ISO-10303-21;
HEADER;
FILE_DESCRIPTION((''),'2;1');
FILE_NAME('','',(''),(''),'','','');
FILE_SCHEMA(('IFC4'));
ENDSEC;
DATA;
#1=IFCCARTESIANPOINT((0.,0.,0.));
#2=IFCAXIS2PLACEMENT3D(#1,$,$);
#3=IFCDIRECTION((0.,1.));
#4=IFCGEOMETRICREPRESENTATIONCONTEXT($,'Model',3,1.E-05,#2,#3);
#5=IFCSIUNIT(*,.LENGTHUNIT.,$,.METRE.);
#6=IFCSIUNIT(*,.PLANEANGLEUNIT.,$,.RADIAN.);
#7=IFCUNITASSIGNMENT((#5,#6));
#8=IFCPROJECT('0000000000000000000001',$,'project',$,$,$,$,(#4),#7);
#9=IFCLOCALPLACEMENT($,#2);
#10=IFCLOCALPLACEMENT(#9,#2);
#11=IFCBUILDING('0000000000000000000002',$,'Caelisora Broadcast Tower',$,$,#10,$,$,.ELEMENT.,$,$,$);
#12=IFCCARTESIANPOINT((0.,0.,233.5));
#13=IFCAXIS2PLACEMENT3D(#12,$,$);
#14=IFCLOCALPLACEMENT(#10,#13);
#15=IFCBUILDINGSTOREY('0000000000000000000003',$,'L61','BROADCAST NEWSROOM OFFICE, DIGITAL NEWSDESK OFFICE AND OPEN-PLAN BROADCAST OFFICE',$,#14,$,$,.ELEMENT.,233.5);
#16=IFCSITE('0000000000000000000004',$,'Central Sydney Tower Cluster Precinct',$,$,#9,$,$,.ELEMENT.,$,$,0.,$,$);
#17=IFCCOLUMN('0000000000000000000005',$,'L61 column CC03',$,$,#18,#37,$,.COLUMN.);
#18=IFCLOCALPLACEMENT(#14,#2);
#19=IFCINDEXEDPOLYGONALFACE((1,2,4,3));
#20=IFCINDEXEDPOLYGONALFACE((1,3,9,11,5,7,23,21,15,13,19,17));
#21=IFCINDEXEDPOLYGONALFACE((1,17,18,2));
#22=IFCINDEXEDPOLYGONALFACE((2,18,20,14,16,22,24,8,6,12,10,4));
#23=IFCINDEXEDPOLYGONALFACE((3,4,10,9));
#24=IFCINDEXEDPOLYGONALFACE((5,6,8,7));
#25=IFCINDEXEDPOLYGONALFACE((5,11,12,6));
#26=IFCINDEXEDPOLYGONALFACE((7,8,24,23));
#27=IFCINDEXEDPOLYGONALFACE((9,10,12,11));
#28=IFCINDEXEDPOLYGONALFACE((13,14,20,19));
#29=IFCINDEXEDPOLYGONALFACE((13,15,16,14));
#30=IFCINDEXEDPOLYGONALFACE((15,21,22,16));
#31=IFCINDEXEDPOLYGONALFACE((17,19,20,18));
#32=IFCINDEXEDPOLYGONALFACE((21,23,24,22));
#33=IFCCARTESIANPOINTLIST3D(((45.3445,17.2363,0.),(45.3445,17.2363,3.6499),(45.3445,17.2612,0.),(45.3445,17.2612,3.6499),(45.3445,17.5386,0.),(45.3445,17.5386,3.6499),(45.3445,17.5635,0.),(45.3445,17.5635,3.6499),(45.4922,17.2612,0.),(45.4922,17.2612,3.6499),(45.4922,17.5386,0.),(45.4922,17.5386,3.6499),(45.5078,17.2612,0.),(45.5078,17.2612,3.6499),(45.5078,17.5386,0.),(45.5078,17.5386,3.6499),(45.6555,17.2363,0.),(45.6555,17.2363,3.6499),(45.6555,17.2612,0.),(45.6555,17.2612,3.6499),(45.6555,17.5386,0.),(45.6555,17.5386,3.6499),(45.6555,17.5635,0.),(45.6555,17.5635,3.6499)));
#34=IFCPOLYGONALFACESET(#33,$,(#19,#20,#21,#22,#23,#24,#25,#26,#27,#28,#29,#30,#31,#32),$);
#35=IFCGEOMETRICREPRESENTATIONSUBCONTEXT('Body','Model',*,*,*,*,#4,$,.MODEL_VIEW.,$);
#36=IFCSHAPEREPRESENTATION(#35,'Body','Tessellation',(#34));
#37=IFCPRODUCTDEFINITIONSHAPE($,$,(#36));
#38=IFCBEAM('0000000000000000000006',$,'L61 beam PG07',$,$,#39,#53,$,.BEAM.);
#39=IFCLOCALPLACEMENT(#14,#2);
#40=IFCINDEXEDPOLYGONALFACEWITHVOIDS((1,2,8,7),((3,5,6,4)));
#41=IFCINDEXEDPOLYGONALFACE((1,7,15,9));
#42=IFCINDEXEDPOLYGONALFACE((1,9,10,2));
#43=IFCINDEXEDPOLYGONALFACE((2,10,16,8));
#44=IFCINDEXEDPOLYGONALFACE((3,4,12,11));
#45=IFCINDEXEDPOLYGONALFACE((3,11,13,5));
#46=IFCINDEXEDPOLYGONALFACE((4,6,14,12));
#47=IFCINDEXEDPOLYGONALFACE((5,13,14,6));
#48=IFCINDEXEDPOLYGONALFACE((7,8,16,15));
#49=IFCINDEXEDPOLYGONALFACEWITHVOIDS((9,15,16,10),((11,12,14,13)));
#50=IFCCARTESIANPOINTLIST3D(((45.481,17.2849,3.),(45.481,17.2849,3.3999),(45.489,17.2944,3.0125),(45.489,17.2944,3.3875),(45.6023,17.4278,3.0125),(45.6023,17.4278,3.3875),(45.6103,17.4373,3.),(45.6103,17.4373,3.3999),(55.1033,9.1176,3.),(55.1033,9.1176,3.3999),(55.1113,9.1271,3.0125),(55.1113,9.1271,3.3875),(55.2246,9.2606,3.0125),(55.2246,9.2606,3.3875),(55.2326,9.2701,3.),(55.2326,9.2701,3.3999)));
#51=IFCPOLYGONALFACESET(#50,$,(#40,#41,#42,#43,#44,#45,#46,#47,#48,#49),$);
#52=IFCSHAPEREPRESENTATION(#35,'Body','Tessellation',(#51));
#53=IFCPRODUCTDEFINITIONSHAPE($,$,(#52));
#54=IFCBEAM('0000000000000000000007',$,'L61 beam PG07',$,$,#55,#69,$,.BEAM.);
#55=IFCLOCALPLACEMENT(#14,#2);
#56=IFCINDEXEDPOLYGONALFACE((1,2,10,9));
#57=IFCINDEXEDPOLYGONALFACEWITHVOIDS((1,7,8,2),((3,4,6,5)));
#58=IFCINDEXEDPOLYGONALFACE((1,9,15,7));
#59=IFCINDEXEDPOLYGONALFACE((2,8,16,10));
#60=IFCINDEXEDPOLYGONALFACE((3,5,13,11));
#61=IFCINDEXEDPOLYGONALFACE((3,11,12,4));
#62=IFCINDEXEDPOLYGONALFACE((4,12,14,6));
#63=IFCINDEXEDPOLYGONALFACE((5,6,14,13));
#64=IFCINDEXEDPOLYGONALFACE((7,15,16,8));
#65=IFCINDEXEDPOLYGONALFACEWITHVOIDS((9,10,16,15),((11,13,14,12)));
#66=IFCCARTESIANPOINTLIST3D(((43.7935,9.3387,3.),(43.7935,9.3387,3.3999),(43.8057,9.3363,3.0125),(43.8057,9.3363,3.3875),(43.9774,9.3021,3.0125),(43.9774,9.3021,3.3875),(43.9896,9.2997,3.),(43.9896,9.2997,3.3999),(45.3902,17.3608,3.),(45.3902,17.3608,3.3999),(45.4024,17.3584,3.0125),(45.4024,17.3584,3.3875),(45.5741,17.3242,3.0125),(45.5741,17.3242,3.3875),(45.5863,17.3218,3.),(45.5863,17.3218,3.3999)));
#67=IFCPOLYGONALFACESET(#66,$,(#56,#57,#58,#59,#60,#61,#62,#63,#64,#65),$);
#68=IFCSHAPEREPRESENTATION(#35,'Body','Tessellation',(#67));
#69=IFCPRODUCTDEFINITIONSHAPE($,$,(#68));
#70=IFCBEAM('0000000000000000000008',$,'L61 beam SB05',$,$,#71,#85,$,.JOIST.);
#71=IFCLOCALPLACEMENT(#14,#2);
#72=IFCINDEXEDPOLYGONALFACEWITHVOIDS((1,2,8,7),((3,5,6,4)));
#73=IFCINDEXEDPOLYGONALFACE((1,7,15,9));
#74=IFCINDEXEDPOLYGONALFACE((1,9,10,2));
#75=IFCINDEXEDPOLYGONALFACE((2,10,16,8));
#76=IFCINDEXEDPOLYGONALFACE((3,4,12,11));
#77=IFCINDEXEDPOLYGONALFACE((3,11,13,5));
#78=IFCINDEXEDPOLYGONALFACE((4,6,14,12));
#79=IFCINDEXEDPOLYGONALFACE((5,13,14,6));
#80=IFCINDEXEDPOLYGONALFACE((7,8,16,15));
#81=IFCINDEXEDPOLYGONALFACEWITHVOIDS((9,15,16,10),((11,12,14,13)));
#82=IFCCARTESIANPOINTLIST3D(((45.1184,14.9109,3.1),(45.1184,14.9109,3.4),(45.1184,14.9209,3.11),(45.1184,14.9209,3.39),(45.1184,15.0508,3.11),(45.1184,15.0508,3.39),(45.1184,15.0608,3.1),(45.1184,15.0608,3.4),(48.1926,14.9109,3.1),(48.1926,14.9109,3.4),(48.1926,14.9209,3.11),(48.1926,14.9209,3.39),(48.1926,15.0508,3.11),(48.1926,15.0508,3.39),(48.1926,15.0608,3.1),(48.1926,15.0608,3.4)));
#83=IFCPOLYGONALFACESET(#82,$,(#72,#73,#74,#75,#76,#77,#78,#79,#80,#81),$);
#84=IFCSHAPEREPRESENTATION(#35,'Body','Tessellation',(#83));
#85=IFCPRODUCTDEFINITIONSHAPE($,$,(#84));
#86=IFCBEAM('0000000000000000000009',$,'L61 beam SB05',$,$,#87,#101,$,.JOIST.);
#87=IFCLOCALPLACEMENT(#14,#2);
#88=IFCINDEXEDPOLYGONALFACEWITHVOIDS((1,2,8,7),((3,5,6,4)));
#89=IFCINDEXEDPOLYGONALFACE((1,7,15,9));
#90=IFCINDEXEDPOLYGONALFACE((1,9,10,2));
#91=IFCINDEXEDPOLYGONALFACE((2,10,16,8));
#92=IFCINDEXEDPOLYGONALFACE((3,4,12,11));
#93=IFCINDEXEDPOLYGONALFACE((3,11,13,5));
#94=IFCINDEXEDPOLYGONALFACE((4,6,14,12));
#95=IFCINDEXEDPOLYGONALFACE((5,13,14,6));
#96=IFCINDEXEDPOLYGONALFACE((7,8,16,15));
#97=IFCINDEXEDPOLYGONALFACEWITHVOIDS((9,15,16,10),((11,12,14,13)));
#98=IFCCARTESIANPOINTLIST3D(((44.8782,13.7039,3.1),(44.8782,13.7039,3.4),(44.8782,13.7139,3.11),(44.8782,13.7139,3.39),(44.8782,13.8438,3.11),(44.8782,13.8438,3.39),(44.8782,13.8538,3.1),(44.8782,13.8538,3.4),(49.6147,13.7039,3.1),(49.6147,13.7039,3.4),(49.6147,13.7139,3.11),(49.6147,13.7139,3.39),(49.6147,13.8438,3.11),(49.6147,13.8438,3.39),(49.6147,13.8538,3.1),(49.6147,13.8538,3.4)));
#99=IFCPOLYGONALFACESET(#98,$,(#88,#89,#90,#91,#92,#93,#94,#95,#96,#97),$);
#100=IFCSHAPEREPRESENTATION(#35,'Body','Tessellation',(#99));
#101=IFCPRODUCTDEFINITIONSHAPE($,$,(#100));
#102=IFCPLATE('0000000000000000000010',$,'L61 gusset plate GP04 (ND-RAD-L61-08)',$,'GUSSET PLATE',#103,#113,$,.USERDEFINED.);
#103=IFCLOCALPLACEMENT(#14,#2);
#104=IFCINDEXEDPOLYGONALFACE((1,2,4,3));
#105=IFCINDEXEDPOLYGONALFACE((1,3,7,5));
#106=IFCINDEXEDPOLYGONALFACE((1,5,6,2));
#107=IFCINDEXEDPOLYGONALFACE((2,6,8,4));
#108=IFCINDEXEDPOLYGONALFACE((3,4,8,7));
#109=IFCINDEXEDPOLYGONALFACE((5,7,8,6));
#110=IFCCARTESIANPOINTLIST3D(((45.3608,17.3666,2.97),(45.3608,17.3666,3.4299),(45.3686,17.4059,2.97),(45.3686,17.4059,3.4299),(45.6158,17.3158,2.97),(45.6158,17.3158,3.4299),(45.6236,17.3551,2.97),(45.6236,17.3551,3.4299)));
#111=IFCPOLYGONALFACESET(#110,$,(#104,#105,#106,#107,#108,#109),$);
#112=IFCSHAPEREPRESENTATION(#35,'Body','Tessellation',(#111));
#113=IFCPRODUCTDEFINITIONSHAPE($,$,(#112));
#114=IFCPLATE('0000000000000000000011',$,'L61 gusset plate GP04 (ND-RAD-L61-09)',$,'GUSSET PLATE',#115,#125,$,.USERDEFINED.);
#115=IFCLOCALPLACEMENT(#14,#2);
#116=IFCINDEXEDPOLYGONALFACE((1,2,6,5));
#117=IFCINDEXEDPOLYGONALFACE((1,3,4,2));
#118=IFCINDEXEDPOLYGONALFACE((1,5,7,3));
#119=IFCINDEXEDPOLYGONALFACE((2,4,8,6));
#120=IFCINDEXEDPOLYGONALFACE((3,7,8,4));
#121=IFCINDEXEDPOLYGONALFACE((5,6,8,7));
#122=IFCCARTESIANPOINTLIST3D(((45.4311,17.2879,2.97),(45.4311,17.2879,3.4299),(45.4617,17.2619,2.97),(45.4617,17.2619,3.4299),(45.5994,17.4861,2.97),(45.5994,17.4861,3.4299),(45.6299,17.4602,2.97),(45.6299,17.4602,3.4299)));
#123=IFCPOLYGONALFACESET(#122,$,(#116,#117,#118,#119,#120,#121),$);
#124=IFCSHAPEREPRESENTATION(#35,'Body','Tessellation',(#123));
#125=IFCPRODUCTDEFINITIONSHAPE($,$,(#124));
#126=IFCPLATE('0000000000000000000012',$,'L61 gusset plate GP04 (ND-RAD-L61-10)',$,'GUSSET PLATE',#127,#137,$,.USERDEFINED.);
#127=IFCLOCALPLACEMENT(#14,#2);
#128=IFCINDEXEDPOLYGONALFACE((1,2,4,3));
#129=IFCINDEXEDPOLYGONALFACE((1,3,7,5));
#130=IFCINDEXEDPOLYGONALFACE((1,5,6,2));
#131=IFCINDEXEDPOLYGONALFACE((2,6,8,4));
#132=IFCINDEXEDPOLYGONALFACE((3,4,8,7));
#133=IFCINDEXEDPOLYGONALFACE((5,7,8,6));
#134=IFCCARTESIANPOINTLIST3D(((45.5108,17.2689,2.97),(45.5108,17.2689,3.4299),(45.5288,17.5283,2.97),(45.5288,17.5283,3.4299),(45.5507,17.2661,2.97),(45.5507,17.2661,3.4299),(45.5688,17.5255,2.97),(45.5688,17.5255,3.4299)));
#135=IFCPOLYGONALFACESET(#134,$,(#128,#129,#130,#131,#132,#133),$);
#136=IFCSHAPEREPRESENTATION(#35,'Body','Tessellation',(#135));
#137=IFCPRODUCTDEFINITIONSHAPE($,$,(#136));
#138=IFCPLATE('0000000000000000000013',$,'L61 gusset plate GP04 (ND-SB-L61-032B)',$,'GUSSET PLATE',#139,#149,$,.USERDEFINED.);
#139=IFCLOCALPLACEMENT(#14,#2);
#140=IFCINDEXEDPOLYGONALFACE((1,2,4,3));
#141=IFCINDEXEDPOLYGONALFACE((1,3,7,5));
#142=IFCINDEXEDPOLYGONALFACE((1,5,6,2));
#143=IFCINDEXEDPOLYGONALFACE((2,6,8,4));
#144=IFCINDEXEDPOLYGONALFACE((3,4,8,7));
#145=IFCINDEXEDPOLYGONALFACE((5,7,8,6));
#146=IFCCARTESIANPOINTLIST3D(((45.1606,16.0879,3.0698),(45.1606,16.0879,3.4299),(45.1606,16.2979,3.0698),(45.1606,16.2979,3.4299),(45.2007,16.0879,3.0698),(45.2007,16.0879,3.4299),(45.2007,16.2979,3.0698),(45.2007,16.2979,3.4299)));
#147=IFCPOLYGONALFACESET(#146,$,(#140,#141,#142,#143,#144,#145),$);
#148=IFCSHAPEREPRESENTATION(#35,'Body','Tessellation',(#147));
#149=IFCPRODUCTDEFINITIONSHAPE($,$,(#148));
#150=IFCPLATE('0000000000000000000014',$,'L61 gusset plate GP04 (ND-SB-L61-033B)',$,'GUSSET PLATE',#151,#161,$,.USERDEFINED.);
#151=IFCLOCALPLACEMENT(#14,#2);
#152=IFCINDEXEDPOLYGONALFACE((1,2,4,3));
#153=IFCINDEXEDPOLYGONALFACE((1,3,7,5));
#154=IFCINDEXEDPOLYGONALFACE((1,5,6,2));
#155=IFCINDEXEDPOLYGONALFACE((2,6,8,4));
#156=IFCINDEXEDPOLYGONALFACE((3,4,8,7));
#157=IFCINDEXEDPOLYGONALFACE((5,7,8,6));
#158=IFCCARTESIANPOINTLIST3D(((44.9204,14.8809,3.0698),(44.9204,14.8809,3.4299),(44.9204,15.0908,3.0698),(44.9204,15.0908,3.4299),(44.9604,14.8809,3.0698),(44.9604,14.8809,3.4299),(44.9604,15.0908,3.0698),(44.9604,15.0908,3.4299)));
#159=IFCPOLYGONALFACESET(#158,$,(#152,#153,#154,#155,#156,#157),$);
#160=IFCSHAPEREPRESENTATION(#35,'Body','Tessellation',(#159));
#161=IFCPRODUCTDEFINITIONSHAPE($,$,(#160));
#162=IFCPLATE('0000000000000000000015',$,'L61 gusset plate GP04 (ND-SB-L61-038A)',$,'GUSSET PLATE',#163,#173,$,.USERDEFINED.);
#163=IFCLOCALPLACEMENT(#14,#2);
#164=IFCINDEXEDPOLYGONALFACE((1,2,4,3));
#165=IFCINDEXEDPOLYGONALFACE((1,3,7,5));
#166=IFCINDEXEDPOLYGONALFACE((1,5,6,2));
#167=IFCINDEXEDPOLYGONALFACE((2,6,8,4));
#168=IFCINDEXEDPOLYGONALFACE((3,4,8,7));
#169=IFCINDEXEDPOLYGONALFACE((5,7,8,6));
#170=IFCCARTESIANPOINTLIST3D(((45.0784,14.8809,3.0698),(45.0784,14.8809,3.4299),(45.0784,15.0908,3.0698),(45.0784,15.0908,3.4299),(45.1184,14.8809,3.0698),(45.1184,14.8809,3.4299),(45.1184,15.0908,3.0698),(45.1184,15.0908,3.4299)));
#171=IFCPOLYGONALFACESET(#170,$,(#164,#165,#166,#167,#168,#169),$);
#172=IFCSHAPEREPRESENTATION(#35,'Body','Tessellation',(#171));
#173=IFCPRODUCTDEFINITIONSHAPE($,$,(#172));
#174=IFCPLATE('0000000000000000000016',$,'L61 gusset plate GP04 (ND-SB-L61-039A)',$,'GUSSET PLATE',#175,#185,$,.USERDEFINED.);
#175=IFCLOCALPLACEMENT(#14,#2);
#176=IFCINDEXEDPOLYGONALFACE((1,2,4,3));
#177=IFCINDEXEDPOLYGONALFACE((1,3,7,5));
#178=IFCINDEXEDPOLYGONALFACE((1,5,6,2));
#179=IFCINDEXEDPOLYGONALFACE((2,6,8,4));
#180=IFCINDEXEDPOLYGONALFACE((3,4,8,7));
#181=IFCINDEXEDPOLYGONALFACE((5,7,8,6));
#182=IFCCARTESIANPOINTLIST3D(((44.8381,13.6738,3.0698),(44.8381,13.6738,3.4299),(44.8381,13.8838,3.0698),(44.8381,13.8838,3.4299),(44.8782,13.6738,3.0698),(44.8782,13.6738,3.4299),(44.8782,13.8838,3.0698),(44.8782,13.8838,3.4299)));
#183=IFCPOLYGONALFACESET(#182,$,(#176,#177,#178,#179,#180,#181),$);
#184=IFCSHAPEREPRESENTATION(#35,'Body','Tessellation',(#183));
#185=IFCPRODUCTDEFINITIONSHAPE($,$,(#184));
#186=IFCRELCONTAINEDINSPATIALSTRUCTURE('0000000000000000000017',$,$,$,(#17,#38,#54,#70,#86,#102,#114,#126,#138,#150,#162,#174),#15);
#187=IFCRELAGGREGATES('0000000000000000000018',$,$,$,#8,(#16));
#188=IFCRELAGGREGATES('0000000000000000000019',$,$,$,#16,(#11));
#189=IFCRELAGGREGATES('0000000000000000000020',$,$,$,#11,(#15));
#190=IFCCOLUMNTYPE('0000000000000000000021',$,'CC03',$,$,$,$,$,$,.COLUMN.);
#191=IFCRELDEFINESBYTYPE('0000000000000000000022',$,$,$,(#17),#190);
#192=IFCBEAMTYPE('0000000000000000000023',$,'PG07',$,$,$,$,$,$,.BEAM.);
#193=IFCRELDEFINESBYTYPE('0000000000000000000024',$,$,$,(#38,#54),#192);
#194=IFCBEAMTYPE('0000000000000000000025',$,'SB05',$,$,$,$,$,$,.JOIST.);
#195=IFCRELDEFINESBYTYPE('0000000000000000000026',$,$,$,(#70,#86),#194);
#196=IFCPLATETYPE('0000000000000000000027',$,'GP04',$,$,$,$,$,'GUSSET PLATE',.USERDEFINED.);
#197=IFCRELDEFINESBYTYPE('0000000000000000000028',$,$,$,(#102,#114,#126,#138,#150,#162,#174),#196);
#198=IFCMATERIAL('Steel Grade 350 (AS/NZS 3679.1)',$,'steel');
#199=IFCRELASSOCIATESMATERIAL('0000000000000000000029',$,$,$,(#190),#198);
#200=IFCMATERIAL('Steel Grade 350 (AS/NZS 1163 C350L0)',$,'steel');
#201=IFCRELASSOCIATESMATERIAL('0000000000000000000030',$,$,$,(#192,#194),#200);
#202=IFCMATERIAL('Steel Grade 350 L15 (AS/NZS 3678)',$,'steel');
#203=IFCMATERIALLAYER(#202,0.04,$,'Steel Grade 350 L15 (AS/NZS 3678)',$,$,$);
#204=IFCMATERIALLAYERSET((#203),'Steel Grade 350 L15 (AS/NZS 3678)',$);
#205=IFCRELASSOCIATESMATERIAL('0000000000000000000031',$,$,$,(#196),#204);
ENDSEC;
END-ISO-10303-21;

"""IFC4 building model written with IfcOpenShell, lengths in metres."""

from ifc_helpers import new_model, si_unit, direction, frame, origin, origin_2d, place, context, subcontext, project, spatial, rectangle, hollow_rectangle, i_section, extrude, source, transform, mapped, material, layer, layer_set, material_profile, profile_set, type_object, type_shapes, element, save


model = new_model("IFC4")

# Units and contexts
model_context = context("Model", 3, precision=1e-05, world=origin(), true_north=direction((0.0, 1.0)))
body_context = subcontext(model_context, "Body", "Model", "MODEL_VIEW")
ifc_project = project(units=[si_unit("LENGTHUNIT", "METRE"), si_unit("PLANEANGLEUNIT", "RADIAN")], contexts=[model_context])

# Site, building, storey
site_placement = place(None, origin())
site = spatial("IfcSite", under=ifc_project, at=site_placement, Name="Central Sydney Tower Cluster Precinct", CompositionType="ELEMENT", RefElevation=0.0)
building_placement = place(site_placement, origin())
building = spatial("IfcBuilding", under=site, at=building_placement, Name="Caelisora Broadcast Tower", CompositionType="ELEMENT")
storey_placement = place(building_placement, frame((0.0, 0.0, 233.5)))
storey = spatial("IfcBuildingStorey", under=building, at=storey_placement, Name="L61", Description="BROADCAST NEWSROOM OFFICE, DIGITAL NEWSDESK OFFICE AND OPEN-PLAN BROADCAST OFFICE", CompositionType="ELEMENT", Elevation=233.5)

# Column
ifc_material_1 = material(Name="Steel Grade 350 (AS/NZS 3679.1)", Category="steel")
ifc_material_profile_1 = material_profile(ifc_material_1, i_section(OverallWidth=0.311, OverallDepth=0.3271, WebThickness=0.0156, FlangeThickness=0.0249, at=origin_2d()), Name="Steel Grade 350 (AS/NZS 3679.1)")
ifc_profile_set_1 = profile_set([ifc_material_profile_1], Name="Steel Grade 350 (AS/NZS 3679.1)")
column_type = type_object("IfcColumnType", Name="CC03", PredefinedType="COLUMN", material=ifc_profile_set_1)
shared_shape_1 = source(origin(), body_context, "Body", "SweptSolid", [
    extrude(i_section(OverallWidth=0.311, OverallDepth=0.3271, WebThickness=0.0156, FlangeThickness=0.0249, at=origin_2d()), origin(), (0.0, 0.0, 1.0), 3.6499),
])
type_shapes(column_type, [shared_shape_1])
column_placement = place(storey_placement, frame((45.5, 17.3999, 0.0), z_axis=(0.0, 0.0, 1.0), x_axis=(1.0, 0.0, 0.0)))
element("IfcColumn", 1, at=column_placement, inside=storey, type_object=column_type, Name="L61 column CC03", PredefinedType="COLUMN", context=body_context, shape_type="MappedRepresentation", body=[
    mapped(shared_shape_1, transform((0.0, 0.0, 0.0), scale=1.0)),
])

# Beams
ifc_material_2 = material(Name="Steel Grade 350 (AS/NZS 1163 C350L0)", Category="steel")
ifc_material_profile_2 = material_profile(ifc_material_2, hollow_rectangle(XDim=0.2, YDim=0.3999, WallThickness=0.0125, at=origin_2d()), Name="Steel Grade 350 (AS/NZS 1163 C350L0)")
ifc_profile_set_2 = profile_set([ifc_material_profile_2], Name="Steel Grade 350 (AS/NZS 1163 C350L0)")
beam_type_1 = type_object("IfcBeamType", Name="PG07", PredefinedType="BEAM", material=ifc_profile_set_2)
shared_shape_2 = source(origin(), body_context, "Body", "SweptSolid", [
    extrude(hollow_rectangle(XDim=0.2, YDim=0.3999, WallThickness=0.0125, at=origin_2d()), origin(), (0.0, 0.0, 1.0), 12.6211),
])
beam_1_placement = place(storey_placement, frame((45.5457, 17.3611, 3.2), z_axis=(0.762398, -0.647109, 0.0), x_axis=(0.647109, 0.762398, 0.0)))
element("IfcBeam", 2, at=beam_1_placement, inside=storey, type_object=beam_type_1, Name="L61 beam PG07", PredefinedType="BEAM", context=body_context, shape_type="MappedRepresentation", body=[
    mapped(shared_shape_2, transform((0.0, 0.0, 0.0), scale=1.0)),
])
shared_shape_3 = source(origin(), body_context, "Body", "SweptSolid", [
    extrude(hollow_rectangle(XDim=0.2, YDim=0.3999, WallThickness=0.0125, at=origin_2d()), origin(), (0.0, 0.0, 1.0), 8.1794),
])
type_shapes(beam_type_1, [shared_shape_2, shared_shape_3])
beam_2_placement = place(storey_placement, frame((45.4883, 17.3413, 3.2), z_axis=(-0.195209, -0.980762, 0.0), x_axis=(0.980762, -0.195209, 0.0)))
element("IfcBeam", 3, at=beam_2_placement, inside=storey, type_object=beam_type_1, Name="L61 beam PG07", PredefinedType="BEAM", context=body_context, shape_type="MappedRepresentation", body=[
    mapped(shared_shape_3, transform((0.0, 0.0, 0.0), scale=1.0)),
])
ifc_material_profile_3 = material_profile(ifc_material_2, hollow_rectangle(XDim=0.1499, YDim=0.3, WallThickness=0.01, at=origin_2d()), Name="Steel Grade 350 (AS/NZS 1163 C350L0)")
ifc_profile_set_3 = profile_set([ifc_material_profile_3], Name="Steel Grade 350 (AS/NZS 1163 C350L0)")
beam_type_2 = type_object("IfcBeamType", Name="SB05", PredefinedType="JOIST", material=ifc_profile_set_3)
shared_shape_4 = source(origin(), body_context, "Body", "SweptSolid", [
    extrude(hollow_rectangle(XDim=0.1499, YDim=0.3, WallThickness=0.01, at=origin_2d()), origin(), (0.0, 0.0, 1.0), 3.0742),
])
beam_3_placement = place(storey_placement, frame((45.1184, 14.9858, 3.25), z_axis=(1.0, 0.0, 0.0), x_axis=(0.0, 1.0, 0.0)))
element("IfcBeam", 4, at=beam_3_placement, inside=storey, type_object=beam_type_2, Name="L61 beam SB05", PredefinedType="JOIST", context=body_context, shape_type="MappedRepresentation", body=[
    mapped(shared_shape_4, transform((0.0, 0.0, 0.0), scale=1.0)),
])
shared_shape_5 = source(origin(), body_context, "Body", "SweptSolid", [
    extrude(hollow_rectangle(XDim=0.1499, YDim=0.3, WallThickness=0.01, at=origin_2d()), origin(), (0.0, 0.0, 1.0), 4.7366),
])
type_shapes(beam_type_2, [shared_shape_4, shared_shape_5])
beam_4_placement = place(storey_placement, frame((44.8782, 13.7788, 3.25), z_axis=(1.0, 0.0, 0.0), x_axis=(0.0, 1.0, 0.0)))
element("IfcBeam", 5, at=beam_4_placement, inside=storey, type_object=beam_type_2, Name="L61 beam SB05", PredefinedType="JOIST", context=body_context, shape_type="MappedRepresentation", body=[
    mapped(shared_shape_5, transform((0.0, 0.0, 0.0), scale=1.0)),
])

# Plates
ifc_material_3 = material(Name="Steel Grade 350 L15 (AS/NZS 3678)", Category="steel")
ifc_layer_1 = layer(ifc_material_3, 0.04, Name="Steel Grade 350 L15 (AS/NZS 3678)")
ifc_layer_set_1 = layer_set([ifc_layer_1], Name="Steel Grade 350 L15 (AS/NZS 3678)")
plate_type = type_object("IfcPlateType", Name="GP04", ElementType="GUSSET PLATE", PredefinedType="USERDEFINED", material=ifc_layer_set_1)
shared_shape_6 = source(origin(), body_context, "Body", "SweptSolid", [
    extrude(rectangle(XDim=0.26, YDim=0.04, at=origin_2d()), origin(), (0.0, 0.0, 1.0), 0.46),
])
for number, where, z_axis, x_axis, name in (
    (6, (45.4922, 17.3608, 2.97), (0.0, 0.0, 1.0), (0.980751, -0.195261, 0.0), "L61 gusset plate GP04 (ND-RAD-L61-08)"),
    (7, (45.5305, 17.374, 2.97), (0.0, 0.0, 1.0), (0.647056, 0.762443, 0.0), "L61 gusset plate GP04 (ND-RAD-L61-09)"),
    (8, (45.5398, 17.3972, 2.97), (0.0, 0.0, 1.0), (0.069408, 0.997588, 0.0), "L61 gusset plate GP04 (ND-RAD-L61-10)"),
):
    element("IfcPlate", number, at=place(storey_placement, frame(where, z_axis=z_axis, x_axis=x_axis)), inside=storey, type_object=plate_type, Name=name, ObjectType="GUSSET PLATE", PredefinedType="USERDEFINED", context=body_context, shape_type="MappedRepresentation", body=[
        mapped(shared_shape_6, transform((0.0, 0.0, 0.0), scale=1.0)),
    ])
shared_shape_7 = source(origin(), body_context, "Body", "SweptSolid", [
    extrude(rectangle(XDim=0.21, YDim=0.04, at=origin_2d()), origin(), (0.0, 0.0, 1.0), 0.3601),
])
type_shapes(plate_type, [shared_shape_6, shared_shape_7])
for number, where, z_axis, x_axis, name in (
    (9, (45.1807, 16.1929, 3.0698), (0.0, 0.0, 1.0), (0.0, 1.0, 0.0), "L61 gusset plate GP04 (ND-SB-L61-032B)"),
    (10, (44.9404, 14.9858, 3.0698), (0.0, 0.0, 1.0), (0.0, 1.0, 0.0), "L61 gusset plate GP04 (ND-SB-L61-033B)"),
    (11, (45.0984, 14.9858, 3.0698), (0.0, 0.0, 1.0), (0.0, 1.0, 0.0), "L61 gusset plate GP04 (ND-SB-L61-038A)"),
    (12, (44.8582, 13.7788, 3.0698), (0.0, 0.0, 1.0), (0.0, 1.0, 0.0), "L61 gusset plate GP04 (ND-SB-L61-039A)"),
):
    element("IfcPlate", number, at=place(storey_placement, frame(where, z_axis=z_axis, x_axis=x_axis)), inside=storey, type_object=plate_type, Name=name, ObjectType="GUSSET PLATE", PredefinedType="USERDEFINED", context=body_context, shape_type="MappedRepresentation", body=[
        mapped(shared_shape_7, transform((0.0, 0.0, 0.0), scale=1.0)),
    ])

save(model, "model.ifc")
